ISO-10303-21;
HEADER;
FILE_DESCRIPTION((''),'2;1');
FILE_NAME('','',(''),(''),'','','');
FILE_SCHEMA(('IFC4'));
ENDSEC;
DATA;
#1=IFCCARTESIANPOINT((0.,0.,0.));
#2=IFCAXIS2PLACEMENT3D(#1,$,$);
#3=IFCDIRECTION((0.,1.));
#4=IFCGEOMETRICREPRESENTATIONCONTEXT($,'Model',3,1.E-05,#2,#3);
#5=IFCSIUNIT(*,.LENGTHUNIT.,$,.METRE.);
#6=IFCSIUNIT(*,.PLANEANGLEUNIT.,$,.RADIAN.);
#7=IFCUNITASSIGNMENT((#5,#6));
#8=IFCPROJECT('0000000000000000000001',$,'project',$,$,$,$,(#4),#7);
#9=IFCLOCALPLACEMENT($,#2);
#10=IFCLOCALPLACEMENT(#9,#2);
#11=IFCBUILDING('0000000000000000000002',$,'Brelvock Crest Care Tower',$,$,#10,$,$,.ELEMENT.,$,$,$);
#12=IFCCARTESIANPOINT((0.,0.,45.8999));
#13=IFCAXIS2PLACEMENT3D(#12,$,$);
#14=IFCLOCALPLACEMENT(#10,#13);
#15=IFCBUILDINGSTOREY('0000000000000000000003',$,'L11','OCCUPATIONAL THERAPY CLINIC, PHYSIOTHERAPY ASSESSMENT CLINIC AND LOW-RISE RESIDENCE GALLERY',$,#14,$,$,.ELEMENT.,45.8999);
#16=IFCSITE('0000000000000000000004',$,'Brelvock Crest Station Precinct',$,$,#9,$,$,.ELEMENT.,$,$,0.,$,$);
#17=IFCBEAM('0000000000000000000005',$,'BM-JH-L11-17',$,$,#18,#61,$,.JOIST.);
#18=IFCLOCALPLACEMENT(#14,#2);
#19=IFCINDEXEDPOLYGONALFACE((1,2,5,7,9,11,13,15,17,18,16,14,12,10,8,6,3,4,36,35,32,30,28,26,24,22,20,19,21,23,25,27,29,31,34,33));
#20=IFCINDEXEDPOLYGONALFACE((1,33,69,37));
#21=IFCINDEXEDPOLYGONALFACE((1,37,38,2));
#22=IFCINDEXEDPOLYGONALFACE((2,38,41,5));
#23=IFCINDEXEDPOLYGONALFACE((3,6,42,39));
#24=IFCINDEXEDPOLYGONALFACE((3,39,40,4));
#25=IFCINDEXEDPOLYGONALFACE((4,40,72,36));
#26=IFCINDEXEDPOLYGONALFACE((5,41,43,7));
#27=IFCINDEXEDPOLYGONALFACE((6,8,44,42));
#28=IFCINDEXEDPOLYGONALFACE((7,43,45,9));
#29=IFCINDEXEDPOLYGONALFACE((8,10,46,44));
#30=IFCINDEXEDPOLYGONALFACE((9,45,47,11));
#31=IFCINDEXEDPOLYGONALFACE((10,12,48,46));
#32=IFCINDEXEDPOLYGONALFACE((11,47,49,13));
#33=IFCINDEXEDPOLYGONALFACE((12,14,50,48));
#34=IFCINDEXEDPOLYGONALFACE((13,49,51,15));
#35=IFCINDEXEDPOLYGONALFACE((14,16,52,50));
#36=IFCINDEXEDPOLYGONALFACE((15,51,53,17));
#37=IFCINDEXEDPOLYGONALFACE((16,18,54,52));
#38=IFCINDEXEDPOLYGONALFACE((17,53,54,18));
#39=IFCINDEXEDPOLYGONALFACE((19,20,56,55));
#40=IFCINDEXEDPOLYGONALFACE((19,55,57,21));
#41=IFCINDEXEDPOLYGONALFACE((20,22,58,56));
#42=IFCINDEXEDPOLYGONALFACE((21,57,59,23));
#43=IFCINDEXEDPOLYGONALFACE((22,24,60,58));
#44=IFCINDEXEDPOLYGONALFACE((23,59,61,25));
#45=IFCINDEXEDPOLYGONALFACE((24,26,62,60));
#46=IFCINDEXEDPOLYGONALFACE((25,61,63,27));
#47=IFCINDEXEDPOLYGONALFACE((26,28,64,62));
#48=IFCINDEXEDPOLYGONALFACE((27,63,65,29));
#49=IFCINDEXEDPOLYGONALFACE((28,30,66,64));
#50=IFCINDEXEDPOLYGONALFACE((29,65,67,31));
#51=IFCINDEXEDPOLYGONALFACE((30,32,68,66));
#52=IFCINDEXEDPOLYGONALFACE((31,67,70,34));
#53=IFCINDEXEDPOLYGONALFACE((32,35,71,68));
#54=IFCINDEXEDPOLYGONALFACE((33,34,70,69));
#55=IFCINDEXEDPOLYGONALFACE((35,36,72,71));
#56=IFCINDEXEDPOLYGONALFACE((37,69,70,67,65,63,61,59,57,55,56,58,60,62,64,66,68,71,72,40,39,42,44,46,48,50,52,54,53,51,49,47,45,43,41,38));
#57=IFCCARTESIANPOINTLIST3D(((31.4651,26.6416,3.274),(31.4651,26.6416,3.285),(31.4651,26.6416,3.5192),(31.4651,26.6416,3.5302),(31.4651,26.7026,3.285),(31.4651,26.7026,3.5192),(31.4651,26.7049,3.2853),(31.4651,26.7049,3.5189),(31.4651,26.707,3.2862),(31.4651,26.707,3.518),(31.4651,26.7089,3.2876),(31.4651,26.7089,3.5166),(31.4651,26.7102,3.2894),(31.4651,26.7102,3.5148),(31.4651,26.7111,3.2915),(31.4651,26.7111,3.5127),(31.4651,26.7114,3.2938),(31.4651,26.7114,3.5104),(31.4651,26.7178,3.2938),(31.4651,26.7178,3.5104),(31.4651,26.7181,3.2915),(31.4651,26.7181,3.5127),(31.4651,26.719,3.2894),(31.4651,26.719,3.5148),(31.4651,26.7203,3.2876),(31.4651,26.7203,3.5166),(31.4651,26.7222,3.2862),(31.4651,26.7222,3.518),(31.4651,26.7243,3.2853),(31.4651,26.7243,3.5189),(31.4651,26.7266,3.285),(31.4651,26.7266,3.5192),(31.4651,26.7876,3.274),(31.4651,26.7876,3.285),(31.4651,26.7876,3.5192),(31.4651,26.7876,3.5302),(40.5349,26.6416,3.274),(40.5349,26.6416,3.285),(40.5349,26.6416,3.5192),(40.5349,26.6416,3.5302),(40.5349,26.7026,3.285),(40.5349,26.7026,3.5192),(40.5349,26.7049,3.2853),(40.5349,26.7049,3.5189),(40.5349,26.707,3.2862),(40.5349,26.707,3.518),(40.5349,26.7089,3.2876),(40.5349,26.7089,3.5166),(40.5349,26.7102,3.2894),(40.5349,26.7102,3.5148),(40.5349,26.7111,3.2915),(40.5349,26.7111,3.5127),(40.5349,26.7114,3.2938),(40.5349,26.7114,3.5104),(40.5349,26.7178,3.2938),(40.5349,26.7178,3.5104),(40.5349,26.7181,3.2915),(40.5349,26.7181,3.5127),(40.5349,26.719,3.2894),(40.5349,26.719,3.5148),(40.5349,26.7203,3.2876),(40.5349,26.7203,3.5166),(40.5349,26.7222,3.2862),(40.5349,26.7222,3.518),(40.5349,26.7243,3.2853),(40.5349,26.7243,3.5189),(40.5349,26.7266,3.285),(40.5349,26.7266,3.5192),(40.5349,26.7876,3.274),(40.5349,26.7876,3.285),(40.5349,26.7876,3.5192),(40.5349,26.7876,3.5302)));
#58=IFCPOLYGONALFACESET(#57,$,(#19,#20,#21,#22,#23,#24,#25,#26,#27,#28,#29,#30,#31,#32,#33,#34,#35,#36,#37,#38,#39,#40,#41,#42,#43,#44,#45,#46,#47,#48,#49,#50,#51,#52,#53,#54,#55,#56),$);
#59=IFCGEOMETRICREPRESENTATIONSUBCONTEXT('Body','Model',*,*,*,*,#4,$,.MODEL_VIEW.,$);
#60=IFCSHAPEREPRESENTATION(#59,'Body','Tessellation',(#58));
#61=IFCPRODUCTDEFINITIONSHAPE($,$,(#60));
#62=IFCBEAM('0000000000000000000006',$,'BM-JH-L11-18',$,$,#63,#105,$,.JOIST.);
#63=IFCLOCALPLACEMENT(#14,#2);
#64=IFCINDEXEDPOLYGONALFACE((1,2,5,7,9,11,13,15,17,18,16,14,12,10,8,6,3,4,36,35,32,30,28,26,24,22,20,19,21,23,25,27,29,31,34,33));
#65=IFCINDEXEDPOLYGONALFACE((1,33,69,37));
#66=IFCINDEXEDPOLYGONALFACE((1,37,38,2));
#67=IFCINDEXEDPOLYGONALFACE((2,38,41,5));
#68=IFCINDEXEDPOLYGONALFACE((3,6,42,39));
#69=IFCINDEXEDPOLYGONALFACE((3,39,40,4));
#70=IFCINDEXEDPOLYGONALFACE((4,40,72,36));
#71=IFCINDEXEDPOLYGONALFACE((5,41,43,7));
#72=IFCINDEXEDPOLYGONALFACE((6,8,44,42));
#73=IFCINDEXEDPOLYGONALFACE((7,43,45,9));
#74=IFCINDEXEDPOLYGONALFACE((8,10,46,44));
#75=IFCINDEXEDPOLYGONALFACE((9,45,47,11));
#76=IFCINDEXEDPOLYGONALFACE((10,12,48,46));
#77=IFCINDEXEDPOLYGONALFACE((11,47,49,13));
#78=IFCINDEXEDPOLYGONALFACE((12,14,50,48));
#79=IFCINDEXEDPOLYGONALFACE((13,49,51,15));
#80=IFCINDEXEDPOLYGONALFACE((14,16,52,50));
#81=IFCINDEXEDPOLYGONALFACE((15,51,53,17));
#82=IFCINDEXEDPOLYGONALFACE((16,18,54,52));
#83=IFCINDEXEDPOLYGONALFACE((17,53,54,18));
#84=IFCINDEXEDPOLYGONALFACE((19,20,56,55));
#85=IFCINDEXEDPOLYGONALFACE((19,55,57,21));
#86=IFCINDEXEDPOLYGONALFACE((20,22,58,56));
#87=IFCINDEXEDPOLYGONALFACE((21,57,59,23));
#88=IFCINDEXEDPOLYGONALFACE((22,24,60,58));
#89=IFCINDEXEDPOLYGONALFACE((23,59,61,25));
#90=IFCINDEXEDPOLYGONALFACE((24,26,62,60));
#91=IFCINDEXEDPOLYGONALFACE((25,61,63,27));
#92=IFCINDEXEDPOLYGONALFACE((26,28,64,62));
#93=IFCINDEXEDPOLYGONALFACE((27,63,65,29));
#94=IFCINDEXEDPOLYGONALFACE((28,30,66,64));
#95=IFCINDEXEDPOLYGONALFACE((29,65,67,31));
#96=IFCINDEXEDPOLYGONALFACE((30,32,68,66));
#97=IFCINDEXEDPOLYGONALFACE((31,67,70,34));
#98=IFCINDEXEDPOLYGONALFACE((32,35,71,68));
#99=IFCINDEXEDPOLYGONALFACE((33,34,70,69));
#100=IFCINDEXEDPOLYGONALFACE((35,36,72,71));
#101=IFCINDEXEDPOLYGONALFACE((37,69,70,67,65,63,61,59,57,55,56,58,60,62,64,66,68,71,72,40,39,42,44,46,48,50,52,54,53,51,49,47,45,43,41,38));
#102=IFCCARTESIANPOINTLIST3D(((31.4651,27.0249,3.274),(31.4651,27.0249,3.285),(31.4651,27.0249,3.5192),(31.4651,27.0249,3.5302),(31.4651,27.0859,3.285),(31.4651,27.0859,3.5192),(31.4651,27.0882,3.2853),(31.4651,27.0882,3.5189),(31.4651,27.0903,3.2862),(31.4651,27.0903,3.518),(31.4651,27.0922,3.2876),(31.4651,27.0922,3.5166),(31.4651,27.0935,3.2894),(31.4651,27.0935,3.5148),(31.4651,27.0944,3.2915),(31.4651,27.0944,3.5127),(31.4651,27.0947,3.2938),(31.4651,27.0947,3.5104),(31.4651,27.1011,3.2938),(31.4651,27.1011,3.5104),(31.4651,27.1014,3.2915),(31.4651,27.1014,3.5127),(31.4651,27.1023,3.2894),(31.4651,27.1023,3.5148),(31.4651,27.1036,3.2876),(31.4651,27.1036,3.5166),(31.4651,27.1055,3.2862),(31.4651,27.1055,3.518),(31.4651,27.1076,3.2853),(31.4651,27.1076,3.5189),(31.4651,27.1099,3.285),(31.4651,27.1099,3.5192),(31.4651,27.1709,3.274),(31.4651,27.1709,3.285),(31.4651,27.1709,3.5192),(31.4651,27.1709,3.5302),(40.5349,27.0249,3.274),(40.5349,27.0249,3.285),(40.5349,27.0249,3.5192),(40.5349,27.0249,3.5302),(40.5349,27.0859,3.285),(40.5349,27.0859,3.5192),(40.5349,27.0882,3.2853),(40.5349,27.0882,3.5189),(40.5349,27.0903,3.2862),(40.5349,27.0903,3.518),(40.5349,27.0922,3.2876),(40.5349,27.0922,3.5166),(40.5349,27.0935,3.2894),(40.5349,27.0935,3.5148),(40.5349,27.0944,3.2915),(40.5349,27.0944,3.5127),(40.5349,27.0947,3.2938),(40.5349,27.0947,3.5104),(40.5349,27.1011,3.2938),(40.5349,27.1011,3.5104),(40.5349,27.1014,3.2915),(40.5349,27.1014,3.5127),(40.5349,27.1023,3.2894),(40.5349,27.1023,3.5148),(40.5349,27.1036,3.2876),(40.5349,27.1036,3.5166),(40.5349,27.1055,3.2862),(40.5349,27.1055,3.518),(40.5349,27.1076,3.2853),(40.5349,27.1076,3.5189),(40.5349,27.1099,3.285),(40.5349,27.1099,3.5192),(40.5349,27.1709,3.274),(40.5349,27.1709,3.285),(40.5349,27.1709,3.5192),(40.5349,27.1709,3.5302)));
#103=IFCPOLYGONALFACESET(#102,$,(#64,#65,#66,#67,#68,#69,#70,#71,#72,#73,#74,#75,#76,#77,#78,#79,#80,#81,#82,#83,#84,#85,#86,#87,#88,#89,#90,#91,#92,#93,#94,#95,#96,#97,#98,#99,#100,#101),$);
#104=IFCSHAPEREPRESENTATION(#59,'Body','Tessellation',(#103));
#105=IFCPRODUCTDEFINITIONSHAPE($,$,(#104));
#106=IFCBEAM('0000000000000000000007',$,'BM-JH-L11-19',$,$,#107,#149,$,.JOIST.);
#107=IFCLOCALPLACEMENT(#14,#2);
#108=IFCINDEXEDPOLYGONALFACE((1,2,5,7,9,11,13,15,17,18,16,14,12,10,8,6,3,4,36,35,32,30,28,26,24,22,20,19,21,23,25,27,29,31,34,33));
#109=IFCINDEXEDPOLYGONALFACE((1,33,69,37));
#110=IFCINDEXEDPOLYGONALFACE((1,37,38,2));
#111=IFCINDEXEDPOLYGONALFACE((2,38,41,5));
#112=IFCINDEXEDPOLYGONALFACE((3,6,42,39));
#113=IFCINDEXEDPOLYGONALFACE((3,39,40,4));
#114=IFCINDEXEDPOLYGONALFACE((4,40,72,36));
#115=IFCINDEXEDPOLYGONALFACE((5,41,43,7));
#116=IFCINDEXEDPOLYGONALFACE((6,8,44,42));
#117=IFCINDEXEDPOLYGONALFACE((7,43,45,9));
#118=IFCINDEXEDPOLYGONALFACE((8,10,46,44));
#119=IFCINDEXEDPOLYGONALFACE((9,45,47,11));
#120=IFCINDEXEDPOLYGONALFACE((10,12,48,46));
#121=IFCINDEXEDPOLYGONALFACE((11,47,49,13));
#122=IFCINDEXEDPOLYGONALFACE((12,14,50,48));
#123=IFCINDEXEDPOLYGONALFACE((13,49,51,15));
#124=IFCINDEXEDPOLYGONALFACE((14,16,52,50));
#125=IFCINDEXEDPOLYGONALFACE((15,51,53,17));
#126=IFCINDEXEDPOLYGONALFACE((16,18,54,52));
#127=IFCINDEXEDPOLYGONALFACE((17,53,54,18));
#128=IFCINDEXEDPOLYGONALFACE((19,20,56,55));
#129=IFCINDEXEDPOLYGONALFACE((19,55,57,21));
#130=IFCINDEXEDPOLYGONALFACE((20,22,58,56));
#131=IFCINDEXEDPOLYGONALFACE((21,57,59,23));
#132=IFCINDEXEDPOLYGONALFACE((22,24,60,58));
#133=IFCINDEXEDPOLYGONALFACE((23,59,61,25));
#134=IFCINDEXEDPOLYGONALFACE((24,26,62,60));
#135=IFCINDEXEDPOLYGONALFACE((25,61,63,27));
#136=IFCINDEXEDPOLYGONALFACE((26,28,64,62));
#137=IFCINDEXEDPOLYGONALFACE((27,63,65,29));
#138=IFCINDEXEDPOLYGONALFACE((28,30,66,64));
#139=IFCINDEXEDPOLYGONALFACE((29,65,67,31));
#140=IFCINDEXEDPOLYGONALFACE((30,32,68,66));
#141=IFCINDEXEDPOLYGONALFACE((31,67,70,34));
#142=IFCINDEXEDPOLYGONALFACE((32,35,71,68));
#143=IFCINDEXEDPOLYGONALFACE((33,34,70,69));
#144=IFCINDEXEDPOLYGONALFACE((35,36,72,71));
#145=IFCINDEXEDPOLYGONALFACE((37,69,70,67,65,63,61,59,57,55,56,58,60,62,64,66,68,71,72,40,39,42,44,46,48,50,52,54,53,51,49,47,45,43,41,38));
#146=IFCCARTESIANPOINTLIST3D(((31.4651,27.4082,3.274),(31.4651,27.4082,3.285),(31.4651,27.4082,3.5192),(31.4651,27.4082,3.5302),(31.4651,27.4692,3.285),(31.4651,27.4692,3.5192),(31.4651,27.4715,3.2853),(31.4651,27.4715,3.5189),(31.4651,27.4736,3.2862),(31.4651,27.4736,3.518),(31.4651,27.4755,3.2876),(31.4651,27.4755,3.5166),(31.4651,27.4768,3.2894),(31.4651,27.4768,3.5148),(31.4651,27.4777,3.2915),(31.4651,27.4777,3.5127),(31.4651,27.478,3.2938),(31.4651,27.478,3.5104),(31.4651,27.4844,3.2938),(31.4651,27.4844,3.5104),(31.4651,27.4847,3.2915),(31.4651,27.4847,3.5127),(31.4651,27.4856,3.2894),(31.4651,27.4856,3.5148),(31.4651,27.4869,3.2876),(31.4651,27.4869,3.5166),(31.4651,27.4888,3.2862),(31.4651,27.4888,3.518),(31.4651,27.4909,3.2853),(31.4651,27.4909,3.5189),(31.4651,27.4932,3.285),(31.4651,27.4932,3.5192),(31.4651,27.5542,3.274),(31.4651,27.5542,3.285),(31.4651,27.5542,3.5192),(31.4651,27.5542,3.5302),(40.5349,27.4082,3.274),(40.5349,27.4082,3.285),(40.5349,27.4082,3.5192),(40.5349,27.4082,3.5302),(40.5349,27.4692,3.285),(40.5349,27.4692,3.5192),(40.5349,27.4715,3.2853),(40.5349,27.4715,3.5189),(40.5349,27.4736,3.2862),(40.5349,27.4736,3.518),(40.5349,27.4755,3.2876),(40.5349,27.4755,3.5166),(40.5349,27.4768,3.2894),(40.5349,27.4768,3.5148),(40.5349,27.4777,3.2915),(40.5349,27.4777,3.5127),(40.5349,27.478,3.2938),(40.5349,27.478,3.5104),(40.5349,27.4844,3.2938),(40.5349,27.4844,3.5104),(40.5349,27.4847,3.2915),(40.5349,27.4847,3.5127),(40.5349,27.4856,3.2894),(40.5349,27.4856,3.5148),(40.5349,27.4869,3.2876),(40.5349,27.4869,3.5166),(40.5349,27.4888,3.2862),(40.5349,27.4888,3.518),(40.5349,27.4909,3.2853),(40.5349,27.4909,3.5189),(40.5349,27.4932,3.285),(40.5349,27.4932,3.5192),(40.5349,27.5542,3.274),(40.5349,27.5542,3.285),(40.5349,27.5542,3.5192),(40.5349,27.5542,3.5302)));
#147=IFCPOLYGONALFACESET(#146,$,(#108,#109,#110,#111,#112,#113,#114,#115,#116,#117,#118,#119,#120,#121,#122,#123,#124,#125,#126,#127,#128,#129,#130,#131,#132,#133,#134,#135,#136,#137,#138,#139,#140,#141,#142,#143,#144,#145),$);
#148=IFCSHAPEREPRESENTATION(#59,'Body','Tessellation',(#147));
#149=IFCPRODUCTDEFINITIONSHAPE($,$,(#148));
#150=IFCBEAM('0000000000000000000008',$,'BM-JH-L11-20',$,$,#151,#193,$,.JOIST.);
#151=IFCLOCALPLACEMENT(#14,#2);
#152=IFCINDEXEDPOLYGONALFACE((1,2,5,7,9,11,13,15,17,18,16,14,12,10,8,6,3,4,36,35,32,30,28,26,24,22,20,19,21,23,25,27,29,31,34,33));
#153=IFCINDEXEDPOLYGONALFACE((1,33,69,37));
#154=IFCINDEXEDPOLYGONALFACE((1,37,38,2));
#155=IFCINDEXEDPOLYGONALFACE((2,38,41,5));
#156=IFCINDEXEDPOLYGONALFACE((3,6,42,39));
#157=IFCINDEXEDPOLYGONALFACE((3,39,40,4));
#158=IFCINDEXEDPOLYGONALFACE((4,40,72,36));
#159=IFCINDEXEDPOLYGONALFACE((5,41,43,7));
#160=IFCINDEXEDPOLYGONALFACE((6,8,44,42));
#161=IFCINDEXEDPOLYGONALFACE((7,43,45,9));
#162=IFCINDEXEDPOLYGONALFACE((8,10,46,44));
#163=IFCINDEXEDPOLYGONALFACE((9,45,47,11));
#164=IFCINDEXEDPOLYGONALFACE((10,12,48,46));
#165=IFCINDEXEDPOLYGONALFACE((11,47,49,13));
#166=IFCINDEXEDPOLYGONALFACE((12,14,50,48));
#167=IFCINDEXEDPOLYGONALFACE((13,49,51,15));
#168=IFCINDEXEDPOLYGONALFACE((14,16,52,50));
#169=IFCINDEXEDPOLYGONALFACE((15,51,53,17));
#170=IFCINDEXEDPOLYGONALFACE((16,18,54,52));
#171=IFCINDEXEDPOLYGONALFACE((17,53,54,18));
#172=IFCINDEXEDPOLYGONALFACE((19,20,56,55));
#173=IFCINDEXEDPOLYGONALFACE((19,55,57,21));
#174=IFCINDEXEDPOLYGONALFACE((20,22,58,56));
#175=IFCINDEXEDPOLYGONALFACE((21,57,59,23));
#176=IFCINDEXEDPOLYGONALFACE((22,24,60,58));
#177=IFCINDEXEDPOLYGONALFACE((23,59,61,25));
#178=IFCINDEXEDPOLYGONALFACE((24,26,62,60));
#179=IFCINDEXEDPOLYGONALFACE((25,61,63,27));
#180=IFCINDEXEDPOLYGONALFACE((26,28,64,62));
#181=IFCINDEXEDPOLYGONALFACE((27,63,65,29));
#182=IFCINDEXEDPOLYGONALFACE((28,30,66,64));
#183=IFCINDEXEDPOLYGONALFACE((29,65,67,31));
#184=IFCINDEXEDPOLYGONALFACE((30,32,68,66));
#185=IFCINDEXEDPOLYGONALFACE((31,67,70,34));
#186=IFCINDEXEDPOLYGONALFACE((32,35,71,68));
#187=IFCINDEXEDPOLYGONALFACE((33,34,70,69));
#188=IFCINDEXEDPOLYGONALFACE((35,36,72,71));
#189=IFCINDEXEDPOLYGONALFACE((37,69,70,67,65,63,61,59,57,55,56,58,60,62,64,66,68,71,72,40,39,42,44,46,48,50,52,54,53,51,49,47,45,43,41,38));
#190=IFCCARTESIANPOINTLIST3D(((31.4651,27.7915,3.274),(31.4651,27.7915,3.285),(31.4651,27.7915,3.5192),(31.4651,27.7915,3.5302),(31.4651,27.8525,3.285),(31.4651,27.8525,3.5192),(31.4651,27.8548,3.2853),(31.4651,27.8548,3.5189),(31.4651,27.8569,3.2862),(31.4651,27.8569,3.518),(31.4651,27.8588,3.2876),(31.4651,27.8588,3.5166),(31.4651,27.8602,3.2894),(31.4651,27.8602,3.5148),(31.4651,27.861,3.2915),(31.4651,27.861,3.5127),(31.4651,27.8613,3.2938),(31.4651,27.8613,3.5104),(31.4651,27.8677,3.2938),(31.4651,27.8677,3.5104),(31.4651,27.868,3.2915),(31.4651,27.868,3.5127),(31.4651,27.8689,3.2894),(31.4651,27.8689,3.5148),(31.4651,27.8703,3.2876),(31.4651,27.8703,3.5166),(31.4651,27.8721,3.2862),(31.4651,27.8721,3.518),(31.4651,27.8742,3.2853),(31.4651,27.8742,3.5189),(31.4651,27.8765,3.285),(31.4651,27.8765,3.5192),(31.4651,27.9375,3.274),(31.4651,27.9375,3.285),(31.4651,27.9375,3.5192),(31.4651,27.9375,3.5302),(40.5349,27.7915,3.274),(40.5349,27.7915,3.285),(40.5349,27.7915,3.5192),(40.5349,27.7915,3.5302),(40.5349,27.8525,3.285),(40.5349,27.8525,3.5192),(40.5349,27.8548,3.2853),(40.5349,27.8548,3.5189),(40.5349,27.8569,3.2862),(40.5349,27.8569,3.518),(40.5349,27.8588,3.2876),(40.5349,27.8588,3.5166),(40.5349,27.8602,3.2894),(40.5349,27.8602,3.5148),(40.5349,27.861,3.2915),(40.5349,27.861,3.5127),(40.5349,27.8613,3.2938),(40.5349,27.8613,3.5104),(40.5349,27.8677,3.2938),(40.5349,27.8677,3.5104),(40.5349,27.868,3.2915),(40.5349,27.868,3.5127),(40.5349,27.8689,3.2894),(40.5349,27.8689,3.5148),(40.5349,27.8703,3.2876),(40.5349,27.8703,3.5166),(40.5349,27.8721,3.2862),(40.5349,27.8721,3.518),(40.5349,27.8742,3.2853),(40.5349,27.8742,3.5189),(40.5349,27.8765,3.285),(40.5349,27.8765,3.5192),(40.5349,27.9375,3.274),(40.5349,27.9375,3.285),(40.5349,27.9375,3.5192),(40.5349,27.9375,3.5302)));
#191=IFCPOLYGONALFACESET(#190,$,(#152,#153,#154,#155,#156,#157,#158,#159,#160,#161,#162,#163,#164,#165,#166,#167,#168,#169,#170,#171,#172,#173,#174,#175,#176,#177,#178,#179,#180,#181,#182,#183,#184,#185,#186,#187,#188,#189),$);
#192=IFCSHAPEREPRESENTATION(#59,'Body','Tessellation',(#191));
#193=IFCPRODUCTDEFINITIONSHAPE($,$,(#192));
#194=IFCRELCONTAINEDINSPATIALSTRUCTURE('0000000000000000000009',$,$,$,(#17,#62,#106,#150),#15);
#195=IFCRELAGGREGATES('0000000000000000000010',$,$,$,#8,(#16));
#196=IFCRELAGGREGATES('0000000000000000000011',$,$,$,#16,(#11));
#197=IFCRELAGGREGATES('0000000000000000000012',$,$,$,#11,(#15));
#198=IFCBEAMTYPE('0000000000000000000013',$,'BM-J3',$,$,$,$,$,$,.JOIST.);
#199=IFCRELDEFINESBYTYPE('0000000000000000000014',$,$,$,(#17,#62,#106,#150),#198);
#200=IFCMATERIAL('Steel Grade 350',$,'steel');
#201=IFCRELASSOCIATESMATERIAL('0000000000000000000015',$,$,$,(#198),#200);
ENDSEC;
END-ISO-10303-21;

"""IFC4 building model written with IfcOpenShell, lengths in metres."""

from ifc_helpers import new_model, si_unit, direction, frame, origin, origin_2d, place, context, subcontext, project, spatial, i_section, extrude, source, transform, mapped, material, material_profile, profile_set, type_object, element, save


model = new_model("IFC4")

# Units and contexts
model_context = context("Model", 3, precision=1e-05, world=origin(), true_north=direction((0.0, 1.0)))
body_context = subcontext(model_context, "Body", "Model", "MODEL_VIEW")
ifc_project = project(units=[si_unit("LENGTHUNIT", "METRE"), si_unit("PLANEANGLEUNIT", "RADIAN")], contexts=[model_context])

# Site, building, storey
site_placement = place(None, origin())
site = spatial("IfcSite", under=ifc_project, at=site_placement, Name="Brelvock Crest Station Precinct", CompositionType="ELEMENT", RefElevation=0.0)
building_placement = place(site_placement, origin())
building = spatial("IfcBuilding", under=site, at=building_placement, Name="Brelvock Crest Care Tower", CompositionType="ELEMENT")
storey_placement = place(building_placement, frame((0.0, 0.0, 45.8999)))
storey = spatial("IfcBuildingStorey", under=building, at=storey_placement, Name="L11", Description="OCCUPATIONAL THERAPY CLINIC, PHYSIOTHERAPY ASSESSMENT CLINIC AND LOW-RISE RESIDENCE GALLERY", CompositionType="ELEMENT", Elevation=45.8999)

# Beams
ifc_material_1 = material(Name="Steel Grade 350", Category="steel")
ifc_material_profile = material_profile(ifc_material_1, i_section(OverallWidth=0.146, OverallDepth=0.2561, WebThickness=0.0063, FlangeThickness=0.011, FilletRadius=0.0088, at=origin_2d()), Name="250UB37.3")
ifc_profile_set = profile_set([ifc_material_profile], Name="Steel Grade 350")
beam_type = type_object("IfcBeamType", Name="BM-J3", PredefinedType="JOIST", material=ifc_profile_set)
shared_shape_1 = source(origin(), body_context, "Body", "SweptSolid", [
    extrude(i_section(OverallWidth=0.146, OverallDepth=0.2561, WebThickness=0.0063, FlangeThickness=0.011, FilletRadius=0.0088, at=origin_2d()), origin(), (0.0, 0.0, 1.0), 9.0698),
])
for number, where, z_axis, x_axis, name in (
    (1, (31.4651, 26.7146, 3.4021), (1.0, 0.0, 0.0), (0.0, 1.0, 0.0), "BM-JH-L11-17"),
    (2, (31.4651, 27.0979, 3.4021), (1.0, 0.0, 0.0), (0.0, 1.0, 0.0), "BM-JH-L11-18"),
    (3, (31.4651, 27.4812, 3.4021), (1.0, 0.0, 0.0), (0.0, 1.0, 0.0), "BM-JH-L11-19"),
    (4, (31.4651, 27.8645, 3.4021), (1.0, 0.0, 0.0), (0.0, 1.0, 0.0), "BM-JH-L11-20"),
):
    element("IfcBeam", number, at=place(storey_placement, frame(where, z_axis=z_axis, x_axis=x_axis)), inside=storey, type_object=beam_type, Name=name, PredefinedType="JOIST", context=body_context, shape_type="MappedRepresentation", body=[
        mapped(shared_shape_1, transform((0.0, 0.0, 0.0), x_axis=(1.0, 0.0, 0.0), y_axis=(0.0, 1.0, 0.0), z_axis=(0.0, 0.0, 1.0), scale=1.0)),
    ])

save(model, "model.ifc")
